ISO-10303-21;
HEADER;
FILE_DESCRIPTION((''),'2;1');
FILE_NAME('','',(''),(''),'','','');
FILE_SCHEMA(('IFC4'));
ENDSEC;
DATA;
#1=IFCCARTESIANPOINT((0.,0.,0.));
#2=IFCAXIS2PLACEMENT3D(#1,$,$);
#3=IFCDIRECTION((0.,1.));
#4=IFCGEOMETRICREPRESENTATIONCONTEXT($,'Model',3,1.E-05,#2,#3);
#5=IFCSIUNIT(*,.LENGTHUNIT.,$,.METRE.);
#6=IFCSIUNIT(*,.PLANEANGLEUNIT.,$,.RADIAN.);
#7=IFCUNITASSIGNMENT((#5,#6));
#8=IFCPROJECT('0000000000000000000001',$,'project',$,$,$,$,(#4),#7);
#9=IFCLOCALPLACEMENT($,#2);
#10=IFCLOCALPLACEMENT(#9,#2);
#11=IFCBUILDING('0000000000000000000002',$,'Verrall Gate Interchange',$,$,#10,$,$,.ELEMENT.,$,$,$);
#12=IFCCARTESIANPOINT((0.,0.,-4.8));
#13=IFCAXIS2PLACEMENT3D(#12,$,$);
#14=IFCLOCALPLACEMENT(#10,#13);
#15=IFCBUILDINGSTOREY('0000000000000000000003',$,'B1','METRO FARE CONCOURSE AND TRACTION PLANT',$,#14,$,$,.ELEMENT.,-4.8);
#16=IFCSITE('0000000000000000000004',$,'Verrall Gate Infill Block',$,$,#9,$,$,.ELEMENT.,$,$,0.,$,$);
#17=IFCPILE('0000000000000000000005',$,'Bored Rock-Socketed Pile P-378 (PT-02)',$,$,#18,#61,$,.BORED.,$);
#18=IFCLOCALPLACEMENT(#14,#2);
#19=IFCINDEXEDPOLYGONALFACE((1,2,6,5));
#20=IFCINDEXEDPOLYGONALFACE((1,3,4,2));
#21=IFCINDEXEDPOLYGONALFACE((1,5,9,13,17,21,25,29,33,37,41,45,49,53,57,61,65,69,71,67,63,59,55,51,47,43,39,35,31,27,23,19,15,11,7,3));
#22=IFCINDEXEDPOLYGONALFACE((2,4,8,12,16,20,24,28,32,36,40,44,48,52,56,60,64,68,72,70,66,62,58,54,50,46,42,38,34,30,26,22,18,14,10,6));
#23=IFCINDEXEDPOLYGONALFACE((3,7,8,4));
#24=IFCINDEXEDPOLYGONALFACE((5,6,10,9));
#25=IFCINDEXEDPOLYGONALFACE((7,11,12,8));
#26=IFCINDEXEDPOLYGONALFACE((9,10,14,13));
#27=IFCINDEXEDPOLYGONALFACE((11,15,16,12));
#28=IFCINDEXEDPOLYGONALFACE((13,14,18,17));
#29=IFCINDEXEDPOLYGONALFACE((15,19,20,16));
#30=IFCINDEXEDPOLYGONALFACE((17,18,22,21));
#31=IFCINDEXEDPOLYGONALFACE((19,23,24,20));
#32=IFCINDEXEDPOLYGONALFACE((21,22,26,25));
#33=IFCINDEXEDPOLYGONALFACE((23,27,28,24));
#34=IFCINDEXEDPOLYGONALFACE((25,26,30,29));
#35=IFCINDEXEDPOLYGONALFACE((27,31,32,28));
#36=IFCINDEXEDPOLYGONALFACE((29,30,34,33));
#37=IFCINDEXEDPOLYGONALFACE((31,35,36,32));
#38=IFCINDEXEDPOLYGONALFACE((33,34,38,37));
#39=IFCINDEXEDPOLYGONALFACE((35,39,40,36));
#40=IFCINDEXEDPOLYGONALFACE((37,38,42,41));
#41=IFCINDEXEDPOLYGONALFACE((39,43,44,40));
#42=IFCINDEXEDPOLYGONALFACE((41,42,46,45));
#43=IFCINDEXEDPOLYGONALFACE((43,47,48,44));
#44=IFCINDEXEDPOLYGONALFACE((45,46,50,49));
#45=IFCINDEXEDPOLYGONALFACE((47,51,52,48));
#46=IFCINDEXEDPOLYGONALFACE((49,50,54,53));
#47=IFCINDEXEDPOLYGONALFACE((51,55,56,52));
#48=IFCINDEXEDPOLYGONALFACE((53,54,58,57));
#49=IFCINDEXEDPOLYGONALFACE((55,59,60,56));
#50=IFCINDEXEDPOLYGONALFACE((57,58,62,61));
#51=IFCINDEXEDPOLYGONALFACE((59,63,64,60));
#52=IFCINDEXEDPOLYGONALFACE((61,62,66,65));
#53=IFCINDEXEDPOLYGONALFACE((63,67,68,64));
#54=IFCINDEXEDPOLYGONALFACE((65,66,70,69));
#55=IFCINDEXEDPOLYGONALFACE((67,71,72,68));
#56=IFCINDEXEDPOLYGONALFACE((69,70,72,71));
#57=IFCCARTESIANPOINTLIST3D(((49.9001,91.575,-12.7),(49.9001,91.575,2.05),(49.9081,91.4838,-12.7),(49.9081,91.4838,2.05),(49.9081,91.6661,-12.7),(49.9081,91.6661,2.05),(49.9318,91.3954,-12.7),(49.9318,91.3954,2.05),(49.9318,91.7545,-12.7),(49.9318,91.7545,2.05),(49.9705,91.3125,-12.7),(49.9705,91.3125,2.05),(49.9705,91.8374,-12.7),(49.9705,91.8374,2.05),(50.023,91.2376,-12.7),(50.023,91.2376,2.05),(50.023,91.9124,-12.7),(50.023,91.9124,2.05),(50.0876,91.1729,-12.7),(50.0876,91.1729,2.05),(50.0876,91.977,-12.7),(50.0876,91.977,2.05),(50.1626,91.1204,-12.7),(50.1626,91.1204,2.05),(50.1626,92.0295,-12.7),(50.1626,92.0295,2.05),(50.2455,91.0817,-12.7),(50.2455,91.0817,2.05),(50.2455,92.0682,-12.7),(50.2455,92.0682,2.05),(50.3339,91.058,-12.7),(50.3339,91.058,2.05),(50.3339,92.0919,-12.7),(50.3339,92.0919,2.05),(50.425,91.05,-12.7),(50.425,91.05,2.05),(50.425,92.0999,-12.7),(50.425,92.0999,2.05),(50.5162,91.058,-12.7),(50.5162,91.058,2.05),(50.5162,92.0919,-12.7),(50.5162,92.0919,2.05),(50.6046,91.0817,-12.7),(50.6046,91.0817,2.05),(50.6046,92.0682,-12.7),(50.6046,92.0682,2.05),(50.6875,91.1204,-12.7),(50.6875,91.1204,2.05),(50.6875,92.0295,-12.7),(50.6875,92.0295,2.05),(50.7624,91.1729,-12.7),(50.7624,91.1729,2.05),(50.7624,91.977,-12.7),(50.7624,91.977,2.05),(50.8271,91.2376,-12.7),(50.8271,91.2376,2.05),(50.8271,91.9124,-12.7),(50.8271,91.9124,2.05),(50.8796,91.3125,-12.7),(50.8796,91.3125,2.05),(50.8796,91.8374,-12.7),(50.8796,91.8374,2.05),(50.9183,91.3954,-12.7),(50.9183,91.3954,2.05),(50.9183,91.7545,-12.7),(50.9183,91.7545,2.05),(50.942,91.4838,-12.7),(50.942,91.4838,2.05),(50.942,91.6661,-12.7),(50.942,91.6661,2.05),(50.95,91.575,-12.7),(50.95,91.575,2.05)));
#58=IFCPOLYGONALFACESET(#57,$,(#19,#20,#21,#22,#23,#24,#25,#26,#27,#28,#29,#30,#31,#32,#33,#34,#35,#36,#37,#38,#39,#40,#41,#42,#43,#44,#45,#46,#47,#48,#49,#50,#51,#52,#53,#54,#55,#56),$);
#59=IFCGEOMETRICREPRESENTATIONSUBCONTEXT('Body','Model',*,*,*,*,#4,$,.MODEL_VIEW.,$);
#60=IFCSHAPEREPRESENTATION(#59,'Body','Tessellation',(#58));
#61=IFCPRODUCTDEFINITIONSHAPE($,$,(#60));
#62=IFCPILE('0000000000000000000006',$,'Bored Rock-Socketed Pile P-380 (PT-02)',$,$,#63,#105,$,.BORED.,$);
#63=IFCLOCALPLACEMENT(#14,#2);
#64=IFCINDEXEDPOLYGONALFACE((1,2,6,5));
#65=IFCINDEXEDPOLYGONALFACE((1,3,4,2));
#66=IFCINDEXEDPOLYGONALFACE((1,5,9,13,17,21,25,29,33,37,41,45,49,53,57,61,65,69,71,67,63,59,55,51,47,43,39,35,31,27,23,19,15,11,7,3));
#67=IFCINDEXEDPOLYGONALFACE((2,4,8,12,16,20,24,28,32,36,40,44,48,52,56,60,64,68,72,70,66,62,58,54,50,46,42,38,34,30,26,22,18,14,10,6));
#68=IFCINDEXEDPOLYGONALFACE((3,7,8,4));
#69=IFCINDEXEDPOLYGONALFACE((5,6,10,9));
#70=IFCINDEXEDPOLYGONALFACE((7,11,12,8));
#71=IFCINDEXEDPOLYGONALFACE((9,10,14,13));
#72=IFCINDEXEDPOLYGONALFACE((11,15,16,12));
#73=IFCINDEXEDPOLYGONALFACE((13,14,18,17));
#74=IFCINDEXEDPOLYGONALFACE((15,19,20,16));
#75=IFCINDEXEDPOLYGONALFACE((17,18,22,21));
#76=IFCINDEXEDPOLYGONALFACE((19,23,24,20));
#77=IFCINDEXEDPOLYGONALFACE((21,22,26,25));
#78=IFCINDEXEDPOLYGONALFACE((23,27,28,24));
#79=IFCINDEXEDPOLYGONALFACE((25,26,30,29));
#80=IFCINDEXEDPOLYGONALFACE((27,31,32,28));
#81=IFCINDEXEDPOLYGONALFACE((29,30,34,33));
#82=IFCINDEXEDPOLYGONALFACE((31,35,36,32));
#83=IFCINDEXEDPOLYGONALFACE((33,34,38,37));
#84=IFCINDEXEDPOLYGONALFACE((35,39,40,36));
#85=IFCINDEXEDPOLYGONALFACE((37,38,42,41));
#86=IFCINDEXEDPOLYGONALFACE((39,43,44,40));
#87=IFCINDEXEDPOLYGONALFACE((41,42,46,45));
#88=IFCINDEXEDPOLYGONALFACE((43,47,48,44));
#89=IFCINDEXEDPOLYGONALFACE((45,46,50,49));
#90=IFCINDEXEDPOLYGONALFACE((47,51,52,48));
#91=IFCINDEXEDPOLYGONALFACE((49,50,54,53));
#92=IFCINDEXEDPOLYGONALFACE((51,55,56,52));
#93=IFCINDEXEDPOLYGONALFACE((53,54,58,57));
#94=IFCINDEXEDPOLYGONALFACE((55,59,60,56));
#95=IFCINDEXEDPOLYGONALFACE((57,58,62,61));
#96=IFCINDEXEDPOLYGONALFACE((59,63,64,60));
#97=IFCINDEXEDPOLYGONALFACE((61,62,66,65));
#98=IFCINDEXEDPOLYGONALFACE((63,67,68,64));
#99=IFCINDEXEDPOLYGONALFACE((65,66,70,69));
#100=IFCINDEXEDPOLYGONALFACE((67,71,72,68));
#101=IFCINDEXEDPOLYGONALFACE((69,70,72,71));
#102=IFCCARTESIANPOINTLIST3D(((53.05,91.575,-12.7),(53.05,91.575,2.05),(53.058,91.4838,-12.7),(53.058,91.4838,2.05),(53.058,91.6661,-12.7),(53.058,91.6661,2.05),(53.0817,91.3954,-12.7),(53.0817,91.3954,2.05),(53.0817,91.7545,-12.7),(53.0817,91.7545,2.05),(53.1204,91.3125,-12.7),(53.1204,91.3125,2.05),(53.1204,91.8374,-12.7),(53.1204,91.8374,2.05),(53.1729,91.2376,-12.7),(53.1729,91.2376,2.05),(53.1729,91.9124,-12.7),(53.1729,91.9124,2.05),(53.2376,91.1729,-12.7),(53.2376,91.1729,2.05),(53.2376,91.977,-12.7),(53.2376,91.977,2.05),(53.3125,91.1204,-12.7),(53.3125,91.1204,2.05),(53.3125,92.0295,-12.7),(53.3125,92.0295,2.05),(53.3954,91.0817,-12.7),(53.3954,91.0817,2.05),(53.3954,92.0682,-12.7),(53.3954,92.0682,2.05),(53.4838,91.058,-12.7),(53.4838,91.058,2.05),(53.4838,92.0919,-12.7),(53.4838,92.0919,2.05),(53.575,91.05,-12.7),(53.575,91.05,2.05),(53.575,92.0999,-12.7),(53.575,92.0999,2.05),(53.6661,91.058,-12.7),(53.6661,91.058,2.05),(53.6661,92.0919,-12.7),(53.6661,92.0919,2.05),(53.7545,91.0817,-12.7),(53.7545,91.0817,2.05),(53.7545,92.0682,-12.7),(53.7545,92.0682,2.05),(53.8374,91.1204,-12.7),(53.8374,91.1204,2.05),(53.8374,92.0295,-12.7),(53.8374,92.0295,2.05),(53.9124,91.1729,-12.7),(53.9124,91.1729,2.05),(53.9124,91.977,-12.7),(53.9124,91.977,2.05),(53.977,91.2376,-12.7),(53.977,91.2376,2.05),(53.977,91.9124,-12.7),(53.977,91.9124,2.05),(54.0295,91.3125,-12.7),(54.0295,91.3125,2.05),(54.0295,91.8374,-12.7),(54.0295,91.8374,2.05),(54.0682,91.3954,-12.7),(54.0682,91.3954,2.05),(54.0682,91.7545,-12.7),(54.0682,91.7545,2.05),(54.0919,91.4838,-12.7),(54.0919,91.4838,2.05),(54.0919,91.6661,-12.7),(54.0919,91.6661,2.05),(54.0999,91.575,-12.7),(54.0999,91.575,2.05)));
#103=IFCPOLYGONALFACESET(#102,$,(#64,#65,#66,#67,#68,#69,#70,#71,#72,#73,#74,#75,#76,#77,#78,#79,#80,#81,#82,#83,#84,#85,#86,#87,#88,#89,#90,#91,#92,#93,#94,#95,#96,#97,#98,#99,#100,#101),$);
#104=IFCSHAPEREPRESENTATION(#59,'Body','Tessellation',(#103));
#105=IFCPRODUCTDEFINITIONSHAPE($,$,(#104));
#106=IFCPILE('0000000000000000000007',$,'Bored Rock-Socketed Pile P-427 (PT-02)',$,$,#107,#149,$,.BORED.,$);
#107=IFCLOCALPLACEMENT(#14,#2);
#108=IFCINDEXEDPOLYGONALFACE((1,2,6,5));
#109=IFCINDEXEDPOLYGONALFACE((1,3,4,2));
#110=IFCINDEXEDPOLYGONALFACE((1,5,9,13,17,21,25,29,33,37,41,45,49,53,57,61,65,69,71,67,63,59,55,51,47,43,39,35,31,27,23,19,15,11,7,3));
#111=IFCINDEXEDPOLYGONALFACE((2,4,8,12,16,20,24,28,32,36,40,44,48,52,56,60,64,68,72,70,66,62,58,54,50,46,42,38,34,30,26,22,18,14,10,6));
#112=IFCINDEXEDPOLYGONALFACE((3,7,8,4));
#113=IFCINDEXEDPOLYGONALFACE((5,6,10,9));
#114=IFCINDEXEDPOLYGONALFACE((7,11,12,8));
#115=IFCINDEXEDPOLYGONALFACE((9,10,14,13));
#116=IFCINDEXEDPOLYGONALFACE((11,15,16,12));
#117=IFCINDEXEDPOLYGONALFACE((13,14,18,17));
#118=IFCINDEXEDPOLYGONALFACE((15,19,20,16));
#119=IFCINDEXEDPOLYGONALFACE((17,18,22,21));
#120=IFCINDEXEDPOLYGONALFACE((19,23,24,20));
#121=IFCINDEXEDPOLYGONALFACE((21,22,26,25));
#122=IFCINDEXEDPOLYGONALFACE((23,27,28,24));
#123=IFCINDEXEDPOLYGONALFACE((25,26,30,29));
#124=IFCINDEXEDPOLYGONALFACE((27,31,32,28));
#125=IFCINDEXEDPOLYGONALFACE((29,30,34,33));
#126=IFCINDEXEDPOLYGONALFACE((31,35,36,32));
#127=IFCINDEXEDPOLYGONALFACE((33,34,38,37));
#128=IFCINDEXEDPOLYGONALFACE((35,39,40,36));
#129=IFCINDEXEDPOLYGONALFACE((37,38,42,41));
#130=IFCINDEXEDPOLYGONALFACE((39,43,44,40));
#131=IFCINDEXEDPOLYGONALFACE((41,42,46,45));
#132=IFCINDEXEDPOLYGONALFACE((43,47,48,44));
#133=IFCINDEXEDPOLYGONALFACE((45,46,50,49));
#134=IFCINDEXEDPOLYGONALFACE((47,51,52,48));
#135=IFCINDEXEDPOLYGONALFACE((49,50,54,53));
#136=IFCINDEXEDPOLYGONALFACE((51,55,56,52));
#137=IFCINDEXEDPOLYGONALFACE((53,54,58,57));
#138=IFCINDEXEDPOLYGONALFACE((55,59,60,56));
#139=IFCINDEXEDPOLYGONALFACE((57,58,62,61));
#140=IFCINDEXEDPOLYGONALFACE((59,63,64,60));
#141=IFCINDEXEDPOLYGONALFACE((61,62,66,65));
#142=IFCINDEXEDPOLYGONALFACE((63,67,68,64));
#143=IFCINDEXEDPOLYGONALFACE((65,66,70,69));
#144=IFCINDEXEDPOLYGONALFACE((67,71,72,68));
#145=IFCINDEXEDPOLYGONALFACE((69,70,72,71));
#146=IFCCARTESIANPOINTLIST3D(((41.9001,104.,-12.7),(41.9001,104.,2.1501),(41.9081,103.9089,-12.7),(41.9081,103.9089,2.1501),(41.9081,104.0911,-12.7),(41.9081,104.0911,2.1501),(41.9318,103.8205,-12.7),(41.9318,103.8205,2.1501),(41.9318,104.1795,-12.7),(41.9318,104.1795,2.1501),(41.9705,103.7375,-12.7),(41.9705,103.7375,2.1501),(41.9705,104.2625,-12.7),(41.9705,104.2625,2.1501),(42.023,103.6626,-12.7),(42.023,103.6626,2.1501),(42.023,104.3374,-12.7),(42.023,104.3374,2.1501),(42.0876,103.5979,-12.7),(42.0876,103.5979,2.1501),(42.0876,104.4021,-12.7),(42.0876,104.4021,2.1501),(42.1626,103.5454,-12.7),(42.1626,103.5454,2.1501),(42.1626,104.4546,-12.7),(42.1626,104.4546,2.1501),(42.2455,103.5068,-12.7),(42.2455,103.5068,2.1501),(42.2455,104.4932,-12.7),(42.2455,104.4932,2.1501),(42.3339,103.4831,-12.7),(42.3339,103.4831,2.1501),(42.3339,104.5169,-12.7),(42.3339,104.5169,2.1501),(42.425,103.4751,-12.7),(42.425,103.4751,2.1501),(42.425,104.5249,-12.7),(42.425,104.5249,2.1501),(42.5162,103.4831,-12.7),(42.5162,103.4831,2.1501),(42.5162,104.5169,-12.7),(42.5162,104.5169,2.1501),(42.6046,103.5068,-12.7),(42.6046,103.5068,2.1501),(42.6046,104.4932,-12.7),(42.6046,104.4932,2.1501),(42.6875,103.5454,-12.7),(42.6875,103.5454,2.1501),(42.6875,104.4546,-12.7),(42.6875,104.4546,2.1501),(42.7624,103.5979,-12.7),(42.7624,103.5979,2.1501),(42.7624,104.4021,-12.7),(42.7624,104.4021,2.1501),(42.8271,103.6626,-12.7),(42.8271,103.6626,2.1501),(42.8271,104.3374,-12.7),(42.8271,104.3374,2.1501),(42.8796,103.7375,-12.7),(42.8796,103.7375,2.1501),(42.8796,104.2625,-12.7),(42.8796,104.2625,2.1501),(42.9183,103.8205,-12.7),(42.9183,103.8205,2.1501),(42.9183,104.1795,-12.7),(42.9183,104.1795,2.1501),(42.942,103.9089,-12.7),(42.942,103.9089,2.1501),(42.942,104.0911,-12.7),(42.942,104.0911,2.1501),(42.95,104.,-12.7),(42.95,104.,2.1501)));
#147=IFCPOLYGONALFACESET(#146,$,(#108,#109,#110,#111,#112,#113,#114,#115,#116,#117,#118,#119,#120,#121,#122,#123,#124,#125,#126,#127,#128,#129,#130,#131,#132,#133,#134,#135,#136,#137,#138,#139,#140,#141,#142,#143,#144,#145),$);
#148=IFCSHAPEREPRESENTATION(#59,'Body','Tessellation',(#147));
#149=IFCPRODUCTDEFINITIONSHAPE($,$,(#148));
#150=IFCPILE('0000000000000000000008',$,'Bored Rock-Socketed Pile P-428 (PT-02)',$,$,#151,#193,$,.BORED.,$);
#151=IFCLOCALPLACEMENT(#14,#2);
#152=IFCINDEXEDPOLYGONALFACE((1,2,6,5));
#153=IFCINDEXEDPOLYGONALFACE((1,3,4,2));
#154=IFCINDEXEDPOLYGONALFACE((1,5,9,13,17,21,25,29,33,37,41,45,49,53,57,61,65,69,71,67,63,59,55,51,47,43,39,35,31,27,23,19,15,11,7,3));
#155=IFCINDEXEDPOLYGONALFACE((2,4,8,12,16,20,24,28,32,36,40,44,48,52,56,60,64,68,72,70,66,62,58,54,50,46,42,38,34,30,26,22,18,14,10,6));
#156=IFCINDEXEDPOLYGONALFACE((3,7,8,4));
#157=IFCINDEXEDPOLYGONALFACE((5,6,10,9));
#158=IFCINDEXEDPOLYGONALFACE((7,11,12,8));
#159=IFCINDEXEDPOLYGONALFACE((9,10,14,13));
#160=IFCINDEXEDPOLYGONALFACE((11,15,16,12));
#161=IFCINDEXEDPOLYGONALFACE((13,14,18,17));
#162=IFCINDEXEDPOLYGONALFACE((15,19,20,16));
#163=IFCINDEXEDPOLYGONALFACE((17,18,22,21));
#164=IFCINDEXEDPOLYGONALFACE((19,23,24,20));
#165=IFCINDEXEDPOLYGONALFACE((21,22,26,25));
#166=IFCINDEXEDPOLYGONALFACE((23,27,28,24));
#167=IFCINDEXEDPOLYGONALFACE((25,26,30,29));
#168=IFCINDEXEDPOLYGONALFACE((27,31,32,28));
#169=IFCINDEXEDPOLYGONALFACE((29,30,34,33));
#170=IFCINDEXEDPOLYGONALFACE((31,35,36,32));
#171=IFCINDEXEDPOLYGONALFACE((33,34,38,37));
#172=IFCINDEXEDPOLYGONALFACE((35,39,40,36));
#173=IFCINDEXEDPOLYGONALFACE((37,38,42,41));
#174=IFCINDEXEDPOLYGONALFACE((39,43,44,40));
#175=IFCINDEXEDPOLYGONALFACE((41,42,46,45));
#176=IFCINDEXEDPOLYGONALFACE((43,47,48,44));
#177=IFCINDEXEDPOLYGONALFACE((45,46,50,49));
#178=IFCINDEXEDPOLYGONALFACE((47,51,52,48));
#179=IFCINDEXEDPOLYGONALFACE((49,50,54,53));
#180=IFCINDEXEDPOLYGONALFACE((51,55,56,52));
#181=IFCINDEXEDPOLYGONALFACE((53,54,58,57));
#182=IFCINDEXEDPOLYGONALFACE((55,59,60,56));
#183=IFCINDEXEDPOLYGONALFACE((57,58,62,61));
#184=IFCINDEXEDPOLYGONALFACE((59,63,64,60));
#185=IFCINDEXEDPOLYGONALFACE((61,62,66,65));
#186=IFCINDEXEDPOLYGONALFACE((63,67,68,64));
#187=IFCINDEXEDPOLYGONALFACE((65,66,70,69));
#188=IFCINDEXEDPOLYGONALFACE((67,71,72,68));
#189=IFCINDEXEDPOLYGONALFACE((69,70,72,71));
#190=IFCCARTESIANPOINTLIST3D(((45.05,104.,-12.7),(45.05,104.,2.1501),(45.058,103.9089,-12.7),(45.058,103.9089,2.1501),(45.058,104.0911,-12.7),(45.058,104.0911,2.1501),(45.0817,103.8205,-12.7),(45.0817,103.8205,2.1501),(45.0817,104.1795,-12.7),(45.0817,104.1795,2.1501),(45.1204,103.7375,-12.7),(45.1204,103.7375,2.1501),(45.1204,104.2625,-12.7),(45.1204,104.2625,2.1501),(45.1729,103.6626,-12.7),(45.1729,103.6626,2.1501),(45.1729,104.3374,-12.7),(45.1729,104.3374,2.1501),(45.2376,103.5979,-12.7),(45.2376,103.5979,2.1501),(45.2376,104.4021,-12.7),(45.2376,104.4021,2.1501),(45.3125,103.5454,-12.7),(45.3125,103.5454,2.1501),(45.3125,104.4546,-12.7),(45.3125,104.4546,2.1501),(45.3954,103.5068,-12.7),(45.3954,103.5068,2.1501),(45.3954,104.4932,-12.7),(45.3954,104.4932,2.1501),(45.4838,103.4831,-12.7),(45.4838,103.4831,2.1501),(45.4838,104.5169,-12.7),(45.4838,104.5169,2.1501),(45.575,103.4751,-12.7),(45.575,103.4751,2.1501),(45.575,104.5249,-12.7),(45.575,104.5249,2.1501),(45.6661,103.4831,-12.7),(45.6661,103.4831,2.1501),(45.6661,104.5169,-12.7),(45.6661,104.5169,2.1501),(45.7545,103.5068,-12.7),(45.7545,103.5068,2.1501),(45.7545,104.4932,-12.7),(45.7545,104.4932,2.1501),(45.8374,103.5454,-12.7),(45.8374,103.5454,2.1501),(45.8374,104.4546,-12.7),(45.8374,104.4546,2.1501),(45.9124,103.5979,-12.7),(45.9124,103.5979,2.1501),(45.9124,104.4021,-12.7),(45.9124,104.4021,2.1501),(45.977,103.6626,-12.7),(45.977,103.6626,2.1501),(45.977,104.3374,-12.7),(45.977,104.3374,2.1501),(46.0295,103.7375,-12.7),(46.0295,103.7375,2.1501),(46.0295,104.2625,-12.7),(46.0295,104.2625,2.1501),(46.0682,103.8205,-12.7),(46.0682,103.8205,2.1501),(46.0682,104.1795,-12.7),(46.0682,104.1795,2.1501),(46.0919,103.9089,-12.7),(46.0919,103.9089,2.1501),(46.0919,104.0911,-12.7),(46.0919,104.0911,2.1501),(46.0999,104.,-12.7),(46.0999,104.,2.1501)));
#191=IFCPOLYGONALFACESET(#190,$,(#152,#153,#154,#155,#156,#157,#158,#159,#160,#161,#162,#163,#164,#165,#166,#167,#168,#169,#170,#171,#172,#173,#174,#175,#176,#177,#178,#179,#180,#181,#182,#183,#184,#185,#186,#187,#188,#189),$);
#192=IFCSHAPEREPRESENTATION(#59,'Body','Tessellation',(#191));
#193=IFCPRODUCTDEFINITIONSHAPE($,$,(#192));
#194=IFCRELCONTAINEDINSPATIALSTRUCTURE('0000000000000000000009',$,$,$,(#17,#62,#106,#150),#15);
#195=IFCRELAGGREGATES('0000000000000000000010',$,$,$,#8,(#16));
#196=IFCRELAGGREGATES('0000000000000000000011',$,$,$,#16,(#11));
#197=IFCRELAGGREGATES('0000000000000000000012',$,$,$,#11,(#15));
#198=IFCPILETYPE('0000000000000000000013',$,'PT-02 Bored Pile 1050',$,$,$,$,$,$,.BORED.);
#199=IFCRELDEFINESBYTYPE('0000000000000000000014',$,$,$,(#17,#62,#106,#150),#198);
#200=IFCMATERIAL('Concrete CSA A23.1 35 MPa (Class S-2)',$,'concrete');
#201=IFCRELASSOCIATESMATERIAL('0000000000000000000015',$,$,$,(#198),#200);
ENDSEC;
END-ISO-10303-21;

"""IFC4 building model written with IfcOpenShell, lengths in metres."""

from ifc_helpers import new_model, si_unit, direction, frame, origin, origin_2d, place, context, subcontext, project, spatial, circle, extrude, material, material_profile, profile_set, type_object, element, save


model = new_model("IFC4")

# Units and contexts
model_context = context("Model", 3, precision=1e-05, world=origin(), true_north=direction((0.0, 1.0)))
body_context = subcontext(model_context, "Body", "Model", "MODEL_VIEW")
ifc_project = project(units=[si_unit("LENGTHUNIT", "METRE"), si_unit("PLANEANGLEUNIT", "RADIAN")], contexts=[model_context])

# Site, building, storey
site_placement = place(None, origin())
site = spatial("IfcSite", under=ifc_project, at=site_placement, Name="Verrall Gate Infill Block", CompositionType="ELEMENT", RefElevation=0.0)
building_placement = place(site_placement, origin())
building = spatial("IfcBuilding", under=site, at=building_placement, Name="Verrall Gate Interchange", CompositionType="ELEMENT")
storey_placement = place(building_placement, frame((0.0, 0.0, -4.8)))
storey = spatial("IfcBuildingStorey", under=building, at=storey_placement, Name="B1", Description="METRO FARE CONCOURSE AND TRACTION PLANT", CompositionType="ELEMENT", Elevation=-4.8)

# Piles
ifc_material_1 = material(Name="Concrete CSA A23.1 35 MPa (Class S-2)", Category="concrete")
ifc_material_profile_1 = material_profile(ifc_material_1, circle(Radius=0.5249, at=origin_2d()), Name="PILE1050D")
ifc_profile_set_1 = profile_set([ifc_material_profile_1], Name="Concrete CSA A23.1 35 MPa (Class S-2)")
pile_type = type_object("IfcPileType", Name="PT-02 Bored Pile 1050", PredefinedType="BORED", material=ifc_profile_set_1)
for number, where, z_axis, x_axis, name in (
    (1, (50.425, 91.575, 2.05), (0.0, 0.0, -1.0), (1.0, 0.0, 0.0), "Bored Rock-Socketed Pile P-378 (PT-02)"),
    (2, (53.575, 91.575, 2.05), (0.0, 0.0, -1.0), (1.0, 0.0, 0.0), "Bored Rock-Socketed Pile P-380 (PT-02)"),
):
    element("IfcPile", number, at=place(storey_placement, frame(where, z_axis=z_axis, x_axis=x_axis)), inside=storey, type_object=pile_type, Name=name, PredefinedType="BORED", context=body_context, shape_type="SweptSolid", body=[
        extrude(circle(Radius=0.5249, at=origin_2d()), origin(), (0.0, 0.0, 1.0), 14.75),
    ])
for number, where, z_axis, x_axis, name in (
    (3, (42.425, 104.0, 2.1501), (0.0, 0.0, -1.0), (1.0, 0.0, 0.0), "Bored Rock-Socketed Pile P-427 (PT-02)"),
    (4, (45.575, 104.0, 2.1501), (0.0, 0.0, -1.0), (1.0, 0.0, 0.0), "Bored Rock-Socketed Pile P-428 (PT-02)"),
):
    element("IfcPile", number, at=place(storey_placement, frame(where, z_axis=z_axis, x_axis=x_axis)), inside=storey, type_object=pile_type, Name=name, PredefinedType="BORED", context=body_context, shape_type="SweptSolid", body=[
        extrude(circle(Radius=0.5249, at=origin_2d()), origin(), (0.0, 0.0, 1.0), 14.8501),
    ])

save(model, "model.ifc")
